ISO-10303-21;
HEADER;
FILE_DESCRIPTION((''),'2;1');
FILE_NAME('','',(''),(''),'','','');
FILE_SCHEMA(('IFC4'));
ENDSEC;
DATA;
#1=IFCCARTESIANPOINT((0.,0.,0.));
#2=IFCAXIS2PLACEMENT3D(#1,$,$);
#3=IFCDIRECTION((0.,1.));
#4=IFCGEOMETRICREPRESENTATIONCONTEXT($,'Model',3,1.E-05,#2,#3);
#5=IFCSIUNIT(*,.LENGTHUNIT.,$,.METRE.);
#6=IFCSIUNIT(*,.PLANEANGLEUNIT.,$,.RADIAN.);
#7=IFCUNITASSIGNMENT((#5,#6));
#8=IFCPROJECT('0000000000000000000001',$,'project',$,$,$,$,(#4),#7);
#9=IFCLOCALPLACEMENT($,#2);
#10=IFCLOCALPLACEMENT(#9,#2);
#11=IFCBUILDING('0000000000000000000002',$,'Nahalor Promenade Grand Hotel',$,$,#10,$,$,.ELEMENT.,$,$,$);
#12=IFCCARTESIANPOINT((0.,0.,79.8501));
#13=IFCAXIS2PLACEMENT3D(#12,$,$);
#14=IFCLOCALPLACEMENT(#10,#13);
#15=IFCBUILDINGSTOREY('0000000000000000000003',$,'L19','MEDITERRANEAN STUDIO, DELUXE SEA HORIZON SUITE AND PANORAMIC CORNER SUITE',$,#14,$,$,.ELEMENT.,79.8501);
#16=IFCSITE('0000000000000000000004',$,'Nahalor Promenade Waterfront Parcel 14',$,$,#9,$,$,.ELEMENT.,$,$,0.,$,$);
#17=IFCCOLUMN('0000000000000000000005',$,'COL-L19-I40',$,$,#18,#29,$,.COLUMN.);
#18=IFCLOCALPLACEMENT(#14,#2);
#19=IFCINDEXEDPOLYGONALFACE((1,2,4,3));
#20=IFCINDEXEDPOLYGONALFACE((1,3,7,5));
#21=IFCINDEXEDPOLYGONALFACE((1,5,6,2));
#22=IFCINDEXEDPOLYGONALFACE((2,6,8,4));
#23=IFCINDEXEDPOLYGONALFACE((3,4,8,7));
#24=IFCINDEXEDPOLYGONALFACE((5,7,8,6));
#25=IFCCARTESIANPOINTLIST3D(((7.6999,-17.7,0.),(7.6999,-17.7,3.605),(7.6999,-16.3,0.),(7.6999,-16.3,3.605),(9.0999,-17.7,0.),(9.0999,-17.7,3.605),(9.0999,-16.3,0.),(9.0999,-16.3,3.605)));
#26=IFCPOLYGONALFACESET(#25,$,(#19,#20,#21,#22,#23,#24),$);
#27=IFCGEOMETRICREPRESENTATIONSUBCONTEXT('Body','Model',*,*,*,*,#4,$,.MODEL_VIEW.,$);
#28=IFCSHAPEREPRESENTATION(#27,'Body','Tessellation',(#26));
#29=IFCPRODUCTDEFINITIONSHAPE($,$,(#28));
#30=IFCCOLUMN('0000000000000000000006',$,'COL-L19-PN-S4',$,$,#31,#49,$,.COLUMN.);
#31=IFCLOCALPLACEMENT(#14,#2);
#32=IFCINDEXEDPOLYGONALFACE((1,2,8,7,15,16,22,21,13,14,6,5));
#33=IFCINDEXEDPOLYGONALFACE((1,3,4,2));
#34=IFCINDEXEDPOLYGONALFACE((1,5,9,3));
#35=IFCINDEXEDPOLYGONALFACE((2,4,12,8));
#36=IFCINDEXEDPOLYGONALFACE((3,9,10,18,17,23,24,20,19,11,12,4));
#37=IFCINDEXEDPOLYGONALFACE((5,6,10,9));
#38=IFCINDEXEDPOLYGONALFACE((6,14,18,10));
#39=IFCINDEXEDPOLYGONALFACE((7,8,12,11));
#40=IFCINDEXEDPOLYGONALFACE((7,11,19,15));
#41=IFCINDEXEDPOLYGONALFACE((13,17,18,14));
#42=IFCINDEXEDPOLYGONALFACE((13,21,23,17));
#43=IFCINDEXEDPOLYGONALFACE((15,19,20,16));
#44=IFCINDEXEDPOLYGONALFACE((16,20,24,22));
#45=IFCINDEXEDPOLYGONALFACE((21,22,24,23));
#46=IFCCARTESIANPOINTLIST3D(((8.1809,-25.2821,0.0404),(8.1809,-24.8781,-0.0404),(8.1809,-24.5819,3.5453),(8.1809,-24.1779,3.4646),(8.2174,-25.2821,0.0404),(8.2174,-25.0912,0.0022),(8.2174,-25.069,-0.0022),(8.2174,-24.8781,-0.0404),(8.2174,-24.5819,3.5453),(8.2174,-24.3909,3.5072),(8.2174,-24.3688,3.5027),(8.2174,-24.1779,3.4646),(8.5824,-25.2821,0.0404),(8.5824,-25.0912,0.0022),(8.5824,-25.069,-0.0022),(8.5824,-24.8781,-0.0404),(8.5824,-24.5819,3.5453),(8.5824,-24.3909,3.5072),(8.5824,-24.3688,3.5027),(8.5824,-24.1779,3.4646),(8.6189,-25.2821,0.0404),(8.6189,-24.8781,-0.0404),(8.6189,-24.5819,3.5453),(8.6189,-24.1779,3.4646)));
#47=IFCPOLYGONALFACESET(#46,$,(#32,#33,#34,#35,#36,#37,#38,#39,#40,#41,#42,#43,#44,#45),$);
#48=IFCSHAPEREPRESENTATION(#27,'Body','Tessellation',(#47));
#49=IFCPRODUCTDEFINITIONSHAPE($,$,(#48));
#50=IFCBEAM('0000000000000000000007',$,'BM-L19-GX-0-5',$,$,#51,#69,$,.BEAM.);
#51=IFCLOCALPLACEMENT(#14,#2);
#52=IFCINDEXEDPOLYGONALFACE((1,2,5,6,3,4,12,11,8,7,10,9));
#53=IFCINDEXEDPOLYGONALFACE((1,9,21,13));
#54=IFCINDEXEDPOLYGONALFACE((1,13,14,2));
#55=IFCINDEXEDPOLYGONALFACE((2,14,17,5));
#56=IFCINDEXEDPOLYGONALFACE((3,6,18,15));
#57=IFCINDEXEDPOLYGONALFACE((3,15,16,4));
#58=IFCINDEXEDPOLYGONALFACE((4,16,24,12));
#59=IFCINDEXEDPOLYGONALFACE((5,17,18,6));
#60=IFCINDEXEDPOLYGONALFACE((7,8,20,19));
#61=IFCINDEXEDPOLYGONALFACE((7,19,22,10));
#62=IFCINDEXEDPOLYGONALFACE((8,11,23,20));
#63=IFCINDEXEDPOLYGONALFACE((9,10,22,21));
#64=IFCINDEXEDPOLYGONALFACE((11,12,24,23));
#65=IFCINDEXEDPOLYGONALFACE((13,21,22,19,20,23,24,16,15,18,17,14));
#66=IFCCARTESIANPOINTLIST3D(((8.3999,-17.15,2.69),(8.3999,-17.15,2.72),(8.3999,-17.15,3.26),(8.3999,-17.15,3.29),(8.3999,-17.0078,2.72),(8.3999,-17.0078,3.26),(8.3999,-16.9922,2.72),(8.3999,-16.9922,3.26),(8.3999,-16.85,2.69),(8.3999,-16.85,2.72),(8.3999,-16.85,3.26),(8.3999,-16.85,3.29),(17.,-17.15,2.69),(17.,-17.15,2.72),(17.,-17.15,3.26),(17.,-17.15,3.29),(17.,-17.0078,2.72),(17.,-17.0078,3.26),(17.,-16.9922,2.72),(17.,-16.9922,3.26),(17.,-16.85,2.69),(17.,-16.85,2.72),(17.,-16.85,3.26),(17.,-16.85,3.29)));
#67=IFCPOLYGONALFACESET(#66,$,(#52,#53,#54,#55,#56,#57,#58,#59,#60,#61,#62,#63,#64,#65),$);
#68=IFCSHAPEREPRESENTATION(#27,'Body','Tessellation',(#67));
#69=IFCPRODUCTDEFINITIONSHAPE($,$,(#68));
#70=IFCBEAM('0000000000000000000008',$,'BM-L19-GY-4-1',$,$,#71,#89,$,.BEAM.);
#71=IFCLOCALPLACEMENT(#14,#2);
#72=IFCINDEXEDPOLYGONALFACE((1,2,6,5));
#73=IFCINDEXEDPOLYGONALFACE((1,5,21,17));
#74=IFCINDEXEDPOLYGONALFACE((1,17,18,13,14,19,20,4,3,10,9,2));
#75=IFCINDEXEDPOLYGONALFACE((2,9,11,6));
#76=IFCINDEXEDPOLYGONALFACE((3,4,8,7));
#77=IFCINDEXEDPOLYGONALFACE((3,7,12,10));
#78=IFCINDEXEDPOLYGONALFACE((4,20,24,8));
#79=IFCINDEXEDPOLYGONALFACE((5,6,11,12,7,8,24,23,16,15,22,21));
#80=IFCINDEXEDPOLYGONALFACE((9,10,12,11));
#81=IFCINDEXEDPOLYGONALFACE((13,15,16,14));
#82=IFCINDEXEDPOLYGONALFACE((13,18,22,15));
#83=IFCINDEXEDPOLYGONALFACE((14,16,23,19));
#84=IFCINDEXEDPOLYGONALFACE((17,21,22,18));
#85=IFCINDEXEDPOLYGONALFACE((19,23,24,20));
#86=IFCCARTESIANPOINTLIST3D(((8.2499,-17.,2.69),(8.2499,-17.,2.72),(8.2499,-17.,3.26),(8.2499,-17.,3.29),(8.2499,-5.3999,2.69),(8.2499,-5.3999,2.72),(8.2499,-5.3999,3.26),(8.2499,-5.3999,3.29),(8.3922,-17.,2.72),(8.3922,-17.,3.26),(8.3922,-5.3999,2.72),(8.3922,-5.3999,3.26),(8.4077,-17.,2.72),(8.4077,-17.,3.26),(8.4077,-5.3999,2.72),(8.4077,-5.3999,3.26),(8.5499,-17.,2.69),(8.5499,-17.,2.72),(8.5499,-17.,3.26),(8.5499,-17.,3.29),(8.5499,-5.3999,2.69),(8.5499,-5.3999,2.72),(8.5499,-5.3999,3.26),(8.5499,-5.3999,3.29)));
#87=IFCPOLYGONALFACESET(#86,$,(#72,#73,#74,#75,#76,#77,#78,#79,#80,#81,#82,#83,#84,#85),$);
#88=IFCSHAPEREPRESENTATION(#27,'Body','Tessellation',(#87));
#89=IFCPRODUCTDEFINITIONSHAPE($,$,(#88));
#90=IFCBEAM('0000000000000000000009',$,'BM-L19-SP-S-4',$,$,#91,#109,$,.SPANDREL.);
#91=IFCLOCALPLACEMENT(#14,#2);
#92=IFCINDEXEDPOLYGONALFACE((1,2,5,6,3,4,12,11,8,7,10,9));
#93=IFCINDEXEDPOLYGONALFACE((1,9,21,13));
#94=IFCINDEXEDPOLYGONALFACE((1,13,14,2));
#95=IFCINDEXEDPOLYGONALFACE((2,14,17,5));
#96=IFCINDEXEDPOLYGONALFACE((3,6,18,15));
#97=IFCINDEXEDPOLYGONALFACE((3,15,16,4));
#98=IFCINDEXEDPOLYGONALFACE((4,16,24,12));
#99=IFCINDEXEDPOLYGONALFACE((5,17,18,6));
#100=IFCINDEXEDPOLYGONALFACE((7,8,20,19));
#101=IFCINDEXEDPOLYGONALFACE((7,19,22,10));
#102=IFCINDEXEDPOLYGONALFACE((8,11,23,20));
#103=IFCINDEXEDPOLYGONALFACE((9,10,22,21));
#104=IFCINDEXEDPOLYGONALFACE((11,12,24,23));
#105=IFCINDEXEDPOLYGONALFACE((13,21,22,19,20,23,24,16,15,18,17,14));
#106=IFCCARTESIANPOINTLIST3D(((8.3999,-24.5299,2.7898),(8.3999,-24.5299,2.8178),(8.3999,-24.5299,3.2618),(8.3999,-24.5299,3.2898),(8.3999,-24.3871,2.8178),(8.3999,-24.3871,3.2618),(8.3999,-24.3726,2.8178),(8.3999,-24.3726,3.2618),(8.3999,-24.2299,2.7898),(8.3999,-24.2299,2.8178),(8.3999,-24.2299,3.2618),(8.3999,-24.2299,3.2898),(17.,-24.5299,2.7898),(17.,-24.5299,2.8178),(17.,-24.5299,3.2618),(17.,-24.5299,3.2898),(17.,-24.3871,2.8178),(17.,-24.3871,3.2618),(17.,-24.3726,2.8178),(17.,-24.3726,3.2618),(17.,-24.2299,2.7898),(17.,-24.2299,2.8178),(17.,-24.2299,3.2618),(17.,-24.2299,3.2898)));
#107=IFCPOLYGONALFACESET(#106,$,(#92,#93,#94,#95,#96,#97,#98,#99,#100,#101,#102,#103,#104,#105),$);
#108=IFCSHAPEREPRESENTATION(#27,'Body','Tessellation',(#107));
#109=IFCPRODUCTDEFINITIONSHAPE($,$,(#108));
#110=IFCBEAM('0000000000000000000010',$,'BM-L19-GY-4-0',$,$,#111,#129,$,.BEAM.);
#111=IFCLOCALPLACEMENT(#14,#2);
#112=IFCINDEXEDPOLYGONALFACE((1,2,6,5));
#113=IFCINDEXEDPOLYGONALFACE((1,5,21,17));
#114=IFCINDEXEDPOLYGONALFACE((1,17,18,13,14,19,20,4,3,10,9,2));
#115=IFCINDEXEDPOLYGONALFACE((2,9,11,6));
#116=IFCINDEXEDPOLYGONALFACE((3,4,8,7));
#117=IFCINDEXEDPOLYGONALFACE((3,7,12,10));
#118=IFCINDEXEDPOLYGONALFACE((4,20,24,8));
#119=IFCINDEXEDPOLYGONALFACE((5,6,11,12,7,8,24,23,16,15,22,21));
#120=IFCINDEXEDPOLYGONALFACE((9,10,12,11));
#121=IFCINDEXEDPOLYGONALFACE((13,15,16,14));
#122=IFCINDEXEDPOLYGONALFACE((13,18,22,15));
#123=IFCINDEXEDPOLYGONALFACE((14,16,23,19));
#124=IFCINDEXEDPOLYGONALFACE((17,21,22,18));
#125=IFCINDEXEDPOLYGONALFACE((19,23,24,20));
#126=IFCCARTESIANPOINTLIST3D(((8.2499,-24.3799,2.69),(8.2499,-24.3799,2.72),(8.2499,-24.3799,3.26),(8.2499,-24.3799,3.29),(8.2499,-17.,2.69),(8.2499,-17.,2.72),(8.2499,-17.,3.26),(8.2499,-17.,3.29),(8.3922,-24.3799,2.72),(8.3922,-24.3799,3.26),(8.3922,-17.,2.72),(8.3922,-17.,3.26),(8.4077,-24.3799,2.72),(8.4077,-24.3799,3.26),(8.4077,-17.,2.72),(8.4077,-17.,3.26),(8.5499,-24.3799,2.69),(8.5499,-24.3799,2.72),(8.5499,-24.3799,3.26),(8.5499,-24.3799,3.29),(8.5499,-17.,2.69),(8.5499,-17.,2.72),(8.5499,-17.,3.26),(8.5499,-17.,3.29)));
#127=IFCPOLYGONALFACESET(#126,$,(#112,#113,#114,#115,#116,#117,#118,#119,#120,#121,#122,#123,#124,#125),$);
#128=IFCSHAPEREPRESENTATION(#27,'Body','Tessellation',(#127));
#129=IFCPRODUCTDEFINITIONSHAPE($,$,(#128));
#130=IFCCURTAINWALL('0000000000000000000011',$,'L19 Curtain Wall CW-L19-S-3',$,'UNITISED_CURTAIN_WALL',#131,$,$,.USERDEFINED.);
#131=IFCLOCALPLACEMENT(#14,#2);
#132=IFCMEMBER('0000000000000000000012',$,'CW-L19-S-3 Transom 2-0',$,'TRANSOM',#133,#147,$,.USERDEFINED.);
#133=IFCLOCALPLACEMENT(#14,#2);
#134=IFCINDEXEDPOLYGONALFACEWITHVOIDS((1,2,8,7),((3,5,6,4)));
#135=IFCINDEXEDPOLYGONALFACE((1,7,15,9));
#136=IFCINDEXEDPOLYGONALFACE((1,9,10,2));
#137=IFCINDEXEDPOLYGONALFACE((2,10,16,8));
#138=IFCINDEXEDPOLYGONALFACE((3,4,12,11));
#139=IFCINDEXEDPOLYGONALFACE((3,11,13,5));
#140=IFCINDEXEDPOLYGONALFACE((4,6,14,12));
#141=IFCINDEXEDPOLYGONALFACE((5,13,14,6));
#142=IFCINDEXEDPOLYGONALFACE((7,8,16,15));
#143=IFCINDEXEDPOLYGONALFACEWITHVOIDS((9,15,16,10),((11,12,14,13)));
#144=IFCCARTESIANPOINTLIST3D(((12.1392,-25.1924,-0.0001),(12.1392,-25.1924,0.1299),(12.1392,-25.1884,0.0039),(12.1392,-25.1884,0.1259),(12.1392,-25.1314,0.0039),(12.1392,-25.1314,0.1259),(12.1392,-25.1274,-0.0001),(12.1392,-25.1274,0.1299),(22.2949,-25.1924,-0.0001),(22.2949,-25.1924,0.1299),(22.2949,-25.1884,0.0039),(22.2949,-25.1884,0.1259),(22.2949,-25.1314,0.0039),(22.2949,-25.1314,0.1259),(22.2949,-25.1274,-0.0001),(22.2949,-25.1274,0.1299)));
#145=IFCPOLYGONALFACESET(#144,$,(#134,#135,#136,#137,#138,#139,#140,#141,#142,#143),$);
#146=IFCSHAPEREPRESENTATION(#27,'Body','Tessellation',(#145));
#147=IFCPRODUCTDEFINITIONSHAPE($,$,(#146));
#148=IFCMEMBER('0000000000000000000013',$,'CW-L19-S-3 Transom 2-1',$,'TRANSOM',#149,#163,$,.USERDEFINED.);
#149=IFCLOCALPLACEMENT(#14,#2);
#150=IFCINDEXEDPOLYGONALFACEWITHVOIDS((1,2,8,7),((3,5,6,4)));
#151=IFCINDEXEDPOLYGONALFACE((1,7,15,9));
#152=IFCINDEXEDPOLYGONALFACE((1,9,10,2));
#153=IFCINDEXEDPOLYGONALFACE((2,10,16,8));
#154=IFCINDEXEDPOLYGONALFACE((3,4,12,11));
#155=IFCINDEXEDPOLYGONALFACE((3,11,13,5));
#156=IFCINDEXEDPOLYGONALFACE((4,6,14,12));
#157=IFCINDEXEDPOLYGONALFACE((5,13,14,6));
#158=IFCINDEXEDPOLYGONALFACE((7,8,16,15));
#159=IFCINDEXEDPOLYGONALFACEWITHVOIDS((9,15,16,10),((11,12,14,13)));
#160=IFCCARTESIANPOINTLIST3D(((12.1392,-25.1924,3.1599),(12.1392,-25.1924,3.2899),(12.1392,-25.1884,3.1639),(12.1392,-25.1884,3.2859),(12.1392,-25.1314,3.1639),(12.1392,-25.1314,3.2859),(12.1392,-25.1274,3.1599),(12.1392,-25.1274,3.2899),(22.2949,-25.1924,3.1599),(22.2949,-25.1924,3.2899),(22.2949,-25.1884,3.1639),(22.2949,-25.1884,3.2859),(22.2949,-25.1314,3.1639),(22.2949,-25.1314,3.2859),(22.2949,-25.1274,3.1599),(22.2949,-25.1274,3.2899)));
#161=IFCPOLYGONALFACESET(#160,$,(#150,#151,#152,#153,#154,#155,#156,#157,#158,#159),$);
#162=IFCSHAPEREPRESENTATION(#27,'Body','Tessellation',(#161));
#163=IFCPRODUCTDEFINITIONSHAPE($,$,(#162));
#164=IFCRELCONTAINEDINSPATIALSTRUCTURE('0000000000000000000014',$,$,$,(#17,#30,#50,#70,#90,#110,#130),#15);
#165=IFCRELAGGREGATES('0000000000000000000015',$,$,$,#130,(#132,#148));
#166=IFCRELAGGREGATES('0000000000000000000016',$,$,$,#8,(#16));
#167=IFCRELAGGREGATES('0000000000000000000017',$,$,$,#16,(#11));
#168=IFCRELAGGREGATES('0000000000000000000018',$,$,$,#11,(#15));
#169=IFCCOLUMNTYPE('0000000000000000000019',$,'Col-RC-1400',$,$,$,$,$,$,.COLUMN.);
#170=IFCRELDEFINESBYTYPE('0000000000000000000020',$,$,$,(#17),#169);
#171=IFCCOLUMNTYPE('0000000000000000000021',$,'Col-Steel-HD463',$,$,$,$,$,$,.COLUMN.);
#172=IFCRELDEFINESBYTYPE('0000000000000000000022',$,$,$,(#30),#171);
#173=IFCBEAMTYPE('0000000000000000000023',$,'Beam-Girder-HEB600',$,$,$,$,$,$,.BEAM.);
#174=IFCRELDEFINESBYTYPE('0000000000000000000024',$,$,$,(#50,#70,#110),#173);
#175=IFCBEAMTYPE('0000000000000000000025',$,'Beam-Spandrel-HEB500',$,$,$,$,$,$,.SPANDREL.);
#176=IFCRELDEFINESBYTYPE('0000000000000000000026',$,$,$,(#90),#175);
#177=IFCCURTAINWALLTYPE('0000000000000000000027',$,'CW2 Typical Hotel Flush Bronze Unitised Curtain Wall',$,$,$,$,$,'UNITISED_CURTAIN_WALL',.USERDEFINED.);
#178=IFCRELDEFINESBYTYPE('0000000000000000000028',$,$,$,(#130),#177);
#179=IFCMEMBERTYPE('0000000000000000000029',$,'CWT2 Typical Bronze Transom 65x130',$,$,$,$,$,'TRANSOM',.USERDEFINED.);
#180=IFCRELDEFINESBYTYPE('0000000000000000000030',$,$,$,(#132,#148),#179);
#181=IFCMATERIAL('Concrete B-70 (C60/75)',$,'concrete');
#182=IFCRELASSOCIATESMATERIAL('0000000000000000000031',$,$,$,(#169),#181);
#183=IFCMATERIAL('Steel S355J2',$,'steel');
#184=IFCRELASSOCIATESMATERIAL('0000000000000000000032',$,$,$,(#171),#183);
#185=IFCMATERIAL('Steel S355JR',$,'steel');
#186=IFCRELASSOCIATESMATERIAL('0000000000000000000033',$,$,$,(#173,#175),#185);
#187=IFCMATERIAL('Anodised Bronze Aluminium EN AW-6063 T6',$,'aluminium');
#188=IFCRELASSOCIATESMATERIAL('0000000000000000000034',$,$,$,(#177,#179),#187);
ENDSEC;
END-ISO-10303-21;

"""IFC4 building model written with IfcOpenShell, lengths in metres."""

from ifc_helpers import new_model, si_unit, direction, frame, origin, origin_2d, place, context, subcontext, project, spatial, rectangle, hollow_rectangle, i_section, extrude, source, transform, mapped, material, material_profile, profile_set, type_object, element, aggregate, save


model = new_model("IFC4")

# Units and contexts
model_context = context("Model", 3, precision=1e-05, world=origin(), true_north=direction((0.0, 1.0)))
body_context = subcontext(model_context, "Body", "Model", "MODEL_VIEW")
ifc_project = project(units=[si_unit("LENGTHUNIT", "METRE"), si_unit("PLANEANGLEUNIT", "RADIAN")], contexts=[model_context])

# Site, building, storey
site_placement = place(None, origin())
site = spatial("IfcSite", under=ifc_project, at=site_placement, Name="Nahalor Promenade Waterfront Parcel 14", CompositionType="ELEMENT", RefElevation=0.0)
building_placement = place(site_placement, origin())
building = spatial("IfcBuilding", under=site, at=building_placement, Name="Nahalor Promenade Grand Hotel", CompositionType="ELEMENT")
storey_placement = place(building_placement, frame((0.0, 0.0, 79.8501)))
storey = spatial("IfcBuildingStorey", under=building, at=storey_placement, Name="L19", Description="MEDITERRANEAN STUDIO, DELUXE SEA HORIZON SUITE AND PANORAMIC CORNER SUITE", CompositionType="ELEMENT", Elevation=79.8501)

# Columns
ifc_material_1 = material(Name="Concrete B-70 (C60/75)", Category="concrete")
ifc_material_profile_1 = material_profile(ifc_material_1, rectangle(XDim=1.4, YDim=1.4, at=origin_2d()), Name="RC 1400x1400")
ifc_profile_set_1 = profile_set([ifc_material_profile_1], Name="Concrete B-70 (C60/75)")
column_type_1 = type_object("IfcColumnType", Name="Col-RC-1400", PredefinedType="COLUMN", material=ifc_profile_set_1)
shared_shape_1 = source(origin(), body_context, "Body", "SweptSolid", [
    extrude(rectangle(XDim=1.4, YDim=1.4, at=origin_2d()), origin(), (0.0, 0.0, 1.0), 3.605),
])
column_1_placement = place(storey_placement, frame((8.3999, -17.0, 0.0), z_axis=(0.0, 0.0, 1.0), x_axis=(1.0, 0.0, 0.0)))
element("IfcColumn", 1, at=column_1_placement, inside=storey, type_object=column_type_1, Name="COL-L19-I40", PredefinedType="COLUMN", context=body_context, shape_type="MappedRepresentation", body=[
    mapped(shared_shape_1, transform((0.0, 0.0, 0.0), scale=1.0)),
])
ifc_material_2 = material(Name="Steel S355J2", Category="steel")
ifc_material_profile_2 = material_profile(ifc_material_2, i_section(OverallWidth=0.412, OverallDepth=0.438, WebThickness=0.0226, FlangeThickness=0.0365, at=origin_2d()), Name="HD 400x463")
ifc_profile_set_2 = profile_set([ifc_material_profile_2], Name="Steel S355J2")
column_type_2 = type_object("IfcColumnType", Name="Col-Steel-HD463", PredefinedType="COLUMN", material=ifc_profile_set_2)
shared_shape_2 = source(origin(), body_context, "Body", "SweptSolid", [
    extrude(i_section(OverallWidth=0.412, OverallDepth=0.438, WebThickness=0.0226, FlangeThickness=0.0365, at=origin_2d()), origin(), (0.0, 0.0, 1.0), 3.5742),
])
column_2_placement = place(storey_placement, frame((8.3999, -25.0801, 0.0), z_axis=(0.0, 0.195906, 0.980623), x_axis=(0.0, -0.980623, 0.195906)))
element("IfcColumn", 2, at=column_2_placement, inside=storey, type_object=column_type_2, Name="COL-L19-PN-S4", PredefinedType="COLUMN", context=body_context, shape_type="MappedRepresentation", body=[
    mapped(shared_shape_2, transform((0.0, 0.0, 0.0), scale=1.0)),
])

# Beams
ifc_material_3 = material(Name="Steel S355JR", Category="steel")
ifc_material_profile_3 = material_profile(ifc_material_3, i_section(OverallWidth=0.3, OverallDepth=0.6, WebThickness=0.0155, FlangeThickness=0.03, at=origin_2d()), Name="HEB 600")
ifc_profile_set_3 = profile_set([ifc_material_profile_3], Name="Steel S355JR")
beam_type_1 = type_object("IfcBeamType", Name="Beam-Girder-HEB600", PredefinedType="BEAM", material=ifc_profile_set_3)
shared_shape_3 = source(origin(), body_context, "Body", "SweptSolid", [
    extrude(i_section(OverallWidth=0.3, OverallDepth=0.6, WebThickness=0.0155, FlangeThickness=0.03, at=origin_2d()), origin(), (0.0, 0.0, 1.0), 8.6001),
])
beam_1_placement = place(storey_placement, frame((8.3999, -17.0, 2.99), z_axis=(1.0, 0.0, 0.0), x_axis=(0.0, 1.0, 0.0)))
element("IfcBeam", 3, at=beam_1_placement, inside=storey, type_object=beam_type_1, Name="BM-L19-GX-0-5", PredefinedType="BEAM", context=body_context, shape_type="MappedRepresentation", body=[
    mapped(shared_shape_3, transform((0.0, 0.0, 0.0), scale=1.0)),
])
shared_shape_4 = source(origin(), body_context, "Body", "SweptSolid", [
    extrude(i_section(OverallWidth=0.3, OverallDepth=0.6, WebThickness=0.0155, FlangeThickness=0.03, at=origin_2d()), origin(), (0.0, 0.0, 1.0), 11.6001),
])
beam_2_placement = place(storey_placement, frame((8.3999, -17.0, 2.99), z_axis=(0.0, 1.0, 0.0), x_axis=(-1.0, 0.0, 0.0)))
element("IfcBeam", 4, at=beam_2_placement, inside=storey, type_object=beam_type_1, Name="BM-L19-GY-4-1", PredefinedType="BEAM", context=body_context, shape_type="MappedRepresentation", body=[
    mapped(shared_shape_4, transform((0.0, 0.0, 0.0), scale=1.0)),
])
ifc_material_profile_4 = material_profile(ifc_material_3, i_section(OverallWidth=0.3, OverallDepth=0.5, WebThickness=0.0145, FlangeThickness=0.028, at=origin_2d()), Name="HEB 500")
ifc_profile_set_4 = profile_set([ifc_material_profile_4], Name="Steel S355JR")
beam_type_2 = type_object("IfcBeamType", Name="Beam-Spandrel-HEB500", PredefinedType="SPANDREL", material=ifc_profile_set_4)
shared_shape_5 = source(origin(), body_context, "Body", "SweptSolid", [
    extrude(i_section(OverallWidth=0.3, OverallDepth=0.5, WebThickness=0.0145, FlangeThickness=0.028, at=origin_2d()), origin(), (0.0, 0.0, 1.0), 8.6001),
])
beam_3_placement = place(storey_placement, frame((8.3999, -24.3799, 3.0398), z_axis=(1.0, 0.0, 0.0), x_axis=(0.0, 1.0, 0.0)))
element("IfcBeam", 5, at=beam_3_placement, inside=storey, type_object=beam_type_2, Name="BM-L19-SP-S-4", PredefinedType="SPANDREL", context=body_context, shape_type="MappedRepresentation", body=[
    mapped(shared_shape_5, transform((0.0, 0.0, 0.0), scale=1.0)),
])
shared_shape_6 = source(origin(), body_context, "Body", "SweptSolid", [
    extrude(i_section(OverallWidth=0.3, OverallDepth=0.6, WebThickness=0.0155, FlangeThickness=0.03, at=origin_2d()), origin(), (0.0, 0.0, 1.0), 7.3799),
])
beam_4_placement = place(storey_placement, frame((8.3999, -24.3799, 2.99), z_axis=(0.0, 1.0, 0.0), x_axis=(-1.0, 0.0, 0.0)))
element("IfcBeam", 6, at=beam_4_placement, inside=storey, type_object=beam_type_1, Name="BM-L19-GY-4-0", PredefinedType="BEAM", context=body_context, shape_type="MappedRepresentation", body=[
    mapped(shared_shape_6, transform((0.0, 0.0, 0.0), scale=1.0)),
])

# Curtain wall, members
ifc_material_4 = material(Name="Anodised Bronze Aluminium EN AW-6063 T6", Category="aluminium")
curtain_wall_type = type_object("IfcCurtainWallType", Name="CW2 Typical Hotel Flush Bronze Unitised Curtain Wall", ElementType="UNITISED_CURTAIN_WALL", PredefinedType="USERDEFINED", material=ifc_material_4)
curtain_wall_placement = place(storey_placement, origin())
curtain_wall = element("IfcCurtainWall", 7, at=curtain_wall_placement, inside=storey, type_object=curtain_wall_type, Name="L19 Curtain Wall CW-L19-S-3", ObjectType="UNITISED_CURTAIN_WALL", PredefinedType="USERDEFINED")
ifc_material_profile_5 = material_profile(ifc_material_4, hollow_rectangle(XDim=0.065, YDim=0.13, WallThickness=0.004, at=origin_2d()), Name="CWT 65x130x4")
ifc_profile_set_5 = profile_set([ifc_material_profile_5], Name="Anodised Bronze Aluminium EN AW-6063 T6")
member_type_1 = type_object("IfcMemberType", Name="CWT2 Typical Bronze Transom 65x130", ElementType="TRANSOM", PredefinedType="USERDEFINED", material=ifc_profile_set_5)
shared_shape_7 = source(origin(), body_context, "Body", "SweptSolid", [
    extrude(hollow_rectangle(XDim=0.065, YDim=0.13, WallThickness=0.004, at=origin_2d()), origin(), (0.0, 0.0, 1.0), 10.1558),
])
member_1_placement = place(storey_placement, frame((12.1392, -25.1599, 0.0649), z_axis=(1.0, 0.0, 0.0), x_axis=(0.0, 1.0, 0.0)))
member_1 = element("IfcMember", 8, at=member_1_placement, type_object=member_type_1, Name="CW-L19-S-3 Transom 2-0", ObjectType="TRANSOM", PredefinedType="USERDEFINED", context=body_context, shape_type="MappedRepresentation", body=[
    mapped(shared_shape_7, transform((0.0, 0.0, 0.0), scale=1.0)),
])
member_2_placement = place(storey_placement, frame((12.1392, -25.1599, 3.2249), z_axis=(1.0, 0.0, 0.0), x_axis=(0.0, 1.0, 0.0)))
member_2 = element("IfcMember", 9, at=member_2_placement, type_object=member_type_1, Name="CW-L19-S-3 Transom 2-1", ObjectType="TRANSOM", PredefinedType="USERDEFINED", context=body_context, shape_type="MappedRepresentation", body=[
    mapped(shared_shape_7, transform((0.0, 0.0, 0.0), scale=1.0)),
])
aggregate(curtain_wall, [member_1, member_2])

save(model, "model.ifc")
